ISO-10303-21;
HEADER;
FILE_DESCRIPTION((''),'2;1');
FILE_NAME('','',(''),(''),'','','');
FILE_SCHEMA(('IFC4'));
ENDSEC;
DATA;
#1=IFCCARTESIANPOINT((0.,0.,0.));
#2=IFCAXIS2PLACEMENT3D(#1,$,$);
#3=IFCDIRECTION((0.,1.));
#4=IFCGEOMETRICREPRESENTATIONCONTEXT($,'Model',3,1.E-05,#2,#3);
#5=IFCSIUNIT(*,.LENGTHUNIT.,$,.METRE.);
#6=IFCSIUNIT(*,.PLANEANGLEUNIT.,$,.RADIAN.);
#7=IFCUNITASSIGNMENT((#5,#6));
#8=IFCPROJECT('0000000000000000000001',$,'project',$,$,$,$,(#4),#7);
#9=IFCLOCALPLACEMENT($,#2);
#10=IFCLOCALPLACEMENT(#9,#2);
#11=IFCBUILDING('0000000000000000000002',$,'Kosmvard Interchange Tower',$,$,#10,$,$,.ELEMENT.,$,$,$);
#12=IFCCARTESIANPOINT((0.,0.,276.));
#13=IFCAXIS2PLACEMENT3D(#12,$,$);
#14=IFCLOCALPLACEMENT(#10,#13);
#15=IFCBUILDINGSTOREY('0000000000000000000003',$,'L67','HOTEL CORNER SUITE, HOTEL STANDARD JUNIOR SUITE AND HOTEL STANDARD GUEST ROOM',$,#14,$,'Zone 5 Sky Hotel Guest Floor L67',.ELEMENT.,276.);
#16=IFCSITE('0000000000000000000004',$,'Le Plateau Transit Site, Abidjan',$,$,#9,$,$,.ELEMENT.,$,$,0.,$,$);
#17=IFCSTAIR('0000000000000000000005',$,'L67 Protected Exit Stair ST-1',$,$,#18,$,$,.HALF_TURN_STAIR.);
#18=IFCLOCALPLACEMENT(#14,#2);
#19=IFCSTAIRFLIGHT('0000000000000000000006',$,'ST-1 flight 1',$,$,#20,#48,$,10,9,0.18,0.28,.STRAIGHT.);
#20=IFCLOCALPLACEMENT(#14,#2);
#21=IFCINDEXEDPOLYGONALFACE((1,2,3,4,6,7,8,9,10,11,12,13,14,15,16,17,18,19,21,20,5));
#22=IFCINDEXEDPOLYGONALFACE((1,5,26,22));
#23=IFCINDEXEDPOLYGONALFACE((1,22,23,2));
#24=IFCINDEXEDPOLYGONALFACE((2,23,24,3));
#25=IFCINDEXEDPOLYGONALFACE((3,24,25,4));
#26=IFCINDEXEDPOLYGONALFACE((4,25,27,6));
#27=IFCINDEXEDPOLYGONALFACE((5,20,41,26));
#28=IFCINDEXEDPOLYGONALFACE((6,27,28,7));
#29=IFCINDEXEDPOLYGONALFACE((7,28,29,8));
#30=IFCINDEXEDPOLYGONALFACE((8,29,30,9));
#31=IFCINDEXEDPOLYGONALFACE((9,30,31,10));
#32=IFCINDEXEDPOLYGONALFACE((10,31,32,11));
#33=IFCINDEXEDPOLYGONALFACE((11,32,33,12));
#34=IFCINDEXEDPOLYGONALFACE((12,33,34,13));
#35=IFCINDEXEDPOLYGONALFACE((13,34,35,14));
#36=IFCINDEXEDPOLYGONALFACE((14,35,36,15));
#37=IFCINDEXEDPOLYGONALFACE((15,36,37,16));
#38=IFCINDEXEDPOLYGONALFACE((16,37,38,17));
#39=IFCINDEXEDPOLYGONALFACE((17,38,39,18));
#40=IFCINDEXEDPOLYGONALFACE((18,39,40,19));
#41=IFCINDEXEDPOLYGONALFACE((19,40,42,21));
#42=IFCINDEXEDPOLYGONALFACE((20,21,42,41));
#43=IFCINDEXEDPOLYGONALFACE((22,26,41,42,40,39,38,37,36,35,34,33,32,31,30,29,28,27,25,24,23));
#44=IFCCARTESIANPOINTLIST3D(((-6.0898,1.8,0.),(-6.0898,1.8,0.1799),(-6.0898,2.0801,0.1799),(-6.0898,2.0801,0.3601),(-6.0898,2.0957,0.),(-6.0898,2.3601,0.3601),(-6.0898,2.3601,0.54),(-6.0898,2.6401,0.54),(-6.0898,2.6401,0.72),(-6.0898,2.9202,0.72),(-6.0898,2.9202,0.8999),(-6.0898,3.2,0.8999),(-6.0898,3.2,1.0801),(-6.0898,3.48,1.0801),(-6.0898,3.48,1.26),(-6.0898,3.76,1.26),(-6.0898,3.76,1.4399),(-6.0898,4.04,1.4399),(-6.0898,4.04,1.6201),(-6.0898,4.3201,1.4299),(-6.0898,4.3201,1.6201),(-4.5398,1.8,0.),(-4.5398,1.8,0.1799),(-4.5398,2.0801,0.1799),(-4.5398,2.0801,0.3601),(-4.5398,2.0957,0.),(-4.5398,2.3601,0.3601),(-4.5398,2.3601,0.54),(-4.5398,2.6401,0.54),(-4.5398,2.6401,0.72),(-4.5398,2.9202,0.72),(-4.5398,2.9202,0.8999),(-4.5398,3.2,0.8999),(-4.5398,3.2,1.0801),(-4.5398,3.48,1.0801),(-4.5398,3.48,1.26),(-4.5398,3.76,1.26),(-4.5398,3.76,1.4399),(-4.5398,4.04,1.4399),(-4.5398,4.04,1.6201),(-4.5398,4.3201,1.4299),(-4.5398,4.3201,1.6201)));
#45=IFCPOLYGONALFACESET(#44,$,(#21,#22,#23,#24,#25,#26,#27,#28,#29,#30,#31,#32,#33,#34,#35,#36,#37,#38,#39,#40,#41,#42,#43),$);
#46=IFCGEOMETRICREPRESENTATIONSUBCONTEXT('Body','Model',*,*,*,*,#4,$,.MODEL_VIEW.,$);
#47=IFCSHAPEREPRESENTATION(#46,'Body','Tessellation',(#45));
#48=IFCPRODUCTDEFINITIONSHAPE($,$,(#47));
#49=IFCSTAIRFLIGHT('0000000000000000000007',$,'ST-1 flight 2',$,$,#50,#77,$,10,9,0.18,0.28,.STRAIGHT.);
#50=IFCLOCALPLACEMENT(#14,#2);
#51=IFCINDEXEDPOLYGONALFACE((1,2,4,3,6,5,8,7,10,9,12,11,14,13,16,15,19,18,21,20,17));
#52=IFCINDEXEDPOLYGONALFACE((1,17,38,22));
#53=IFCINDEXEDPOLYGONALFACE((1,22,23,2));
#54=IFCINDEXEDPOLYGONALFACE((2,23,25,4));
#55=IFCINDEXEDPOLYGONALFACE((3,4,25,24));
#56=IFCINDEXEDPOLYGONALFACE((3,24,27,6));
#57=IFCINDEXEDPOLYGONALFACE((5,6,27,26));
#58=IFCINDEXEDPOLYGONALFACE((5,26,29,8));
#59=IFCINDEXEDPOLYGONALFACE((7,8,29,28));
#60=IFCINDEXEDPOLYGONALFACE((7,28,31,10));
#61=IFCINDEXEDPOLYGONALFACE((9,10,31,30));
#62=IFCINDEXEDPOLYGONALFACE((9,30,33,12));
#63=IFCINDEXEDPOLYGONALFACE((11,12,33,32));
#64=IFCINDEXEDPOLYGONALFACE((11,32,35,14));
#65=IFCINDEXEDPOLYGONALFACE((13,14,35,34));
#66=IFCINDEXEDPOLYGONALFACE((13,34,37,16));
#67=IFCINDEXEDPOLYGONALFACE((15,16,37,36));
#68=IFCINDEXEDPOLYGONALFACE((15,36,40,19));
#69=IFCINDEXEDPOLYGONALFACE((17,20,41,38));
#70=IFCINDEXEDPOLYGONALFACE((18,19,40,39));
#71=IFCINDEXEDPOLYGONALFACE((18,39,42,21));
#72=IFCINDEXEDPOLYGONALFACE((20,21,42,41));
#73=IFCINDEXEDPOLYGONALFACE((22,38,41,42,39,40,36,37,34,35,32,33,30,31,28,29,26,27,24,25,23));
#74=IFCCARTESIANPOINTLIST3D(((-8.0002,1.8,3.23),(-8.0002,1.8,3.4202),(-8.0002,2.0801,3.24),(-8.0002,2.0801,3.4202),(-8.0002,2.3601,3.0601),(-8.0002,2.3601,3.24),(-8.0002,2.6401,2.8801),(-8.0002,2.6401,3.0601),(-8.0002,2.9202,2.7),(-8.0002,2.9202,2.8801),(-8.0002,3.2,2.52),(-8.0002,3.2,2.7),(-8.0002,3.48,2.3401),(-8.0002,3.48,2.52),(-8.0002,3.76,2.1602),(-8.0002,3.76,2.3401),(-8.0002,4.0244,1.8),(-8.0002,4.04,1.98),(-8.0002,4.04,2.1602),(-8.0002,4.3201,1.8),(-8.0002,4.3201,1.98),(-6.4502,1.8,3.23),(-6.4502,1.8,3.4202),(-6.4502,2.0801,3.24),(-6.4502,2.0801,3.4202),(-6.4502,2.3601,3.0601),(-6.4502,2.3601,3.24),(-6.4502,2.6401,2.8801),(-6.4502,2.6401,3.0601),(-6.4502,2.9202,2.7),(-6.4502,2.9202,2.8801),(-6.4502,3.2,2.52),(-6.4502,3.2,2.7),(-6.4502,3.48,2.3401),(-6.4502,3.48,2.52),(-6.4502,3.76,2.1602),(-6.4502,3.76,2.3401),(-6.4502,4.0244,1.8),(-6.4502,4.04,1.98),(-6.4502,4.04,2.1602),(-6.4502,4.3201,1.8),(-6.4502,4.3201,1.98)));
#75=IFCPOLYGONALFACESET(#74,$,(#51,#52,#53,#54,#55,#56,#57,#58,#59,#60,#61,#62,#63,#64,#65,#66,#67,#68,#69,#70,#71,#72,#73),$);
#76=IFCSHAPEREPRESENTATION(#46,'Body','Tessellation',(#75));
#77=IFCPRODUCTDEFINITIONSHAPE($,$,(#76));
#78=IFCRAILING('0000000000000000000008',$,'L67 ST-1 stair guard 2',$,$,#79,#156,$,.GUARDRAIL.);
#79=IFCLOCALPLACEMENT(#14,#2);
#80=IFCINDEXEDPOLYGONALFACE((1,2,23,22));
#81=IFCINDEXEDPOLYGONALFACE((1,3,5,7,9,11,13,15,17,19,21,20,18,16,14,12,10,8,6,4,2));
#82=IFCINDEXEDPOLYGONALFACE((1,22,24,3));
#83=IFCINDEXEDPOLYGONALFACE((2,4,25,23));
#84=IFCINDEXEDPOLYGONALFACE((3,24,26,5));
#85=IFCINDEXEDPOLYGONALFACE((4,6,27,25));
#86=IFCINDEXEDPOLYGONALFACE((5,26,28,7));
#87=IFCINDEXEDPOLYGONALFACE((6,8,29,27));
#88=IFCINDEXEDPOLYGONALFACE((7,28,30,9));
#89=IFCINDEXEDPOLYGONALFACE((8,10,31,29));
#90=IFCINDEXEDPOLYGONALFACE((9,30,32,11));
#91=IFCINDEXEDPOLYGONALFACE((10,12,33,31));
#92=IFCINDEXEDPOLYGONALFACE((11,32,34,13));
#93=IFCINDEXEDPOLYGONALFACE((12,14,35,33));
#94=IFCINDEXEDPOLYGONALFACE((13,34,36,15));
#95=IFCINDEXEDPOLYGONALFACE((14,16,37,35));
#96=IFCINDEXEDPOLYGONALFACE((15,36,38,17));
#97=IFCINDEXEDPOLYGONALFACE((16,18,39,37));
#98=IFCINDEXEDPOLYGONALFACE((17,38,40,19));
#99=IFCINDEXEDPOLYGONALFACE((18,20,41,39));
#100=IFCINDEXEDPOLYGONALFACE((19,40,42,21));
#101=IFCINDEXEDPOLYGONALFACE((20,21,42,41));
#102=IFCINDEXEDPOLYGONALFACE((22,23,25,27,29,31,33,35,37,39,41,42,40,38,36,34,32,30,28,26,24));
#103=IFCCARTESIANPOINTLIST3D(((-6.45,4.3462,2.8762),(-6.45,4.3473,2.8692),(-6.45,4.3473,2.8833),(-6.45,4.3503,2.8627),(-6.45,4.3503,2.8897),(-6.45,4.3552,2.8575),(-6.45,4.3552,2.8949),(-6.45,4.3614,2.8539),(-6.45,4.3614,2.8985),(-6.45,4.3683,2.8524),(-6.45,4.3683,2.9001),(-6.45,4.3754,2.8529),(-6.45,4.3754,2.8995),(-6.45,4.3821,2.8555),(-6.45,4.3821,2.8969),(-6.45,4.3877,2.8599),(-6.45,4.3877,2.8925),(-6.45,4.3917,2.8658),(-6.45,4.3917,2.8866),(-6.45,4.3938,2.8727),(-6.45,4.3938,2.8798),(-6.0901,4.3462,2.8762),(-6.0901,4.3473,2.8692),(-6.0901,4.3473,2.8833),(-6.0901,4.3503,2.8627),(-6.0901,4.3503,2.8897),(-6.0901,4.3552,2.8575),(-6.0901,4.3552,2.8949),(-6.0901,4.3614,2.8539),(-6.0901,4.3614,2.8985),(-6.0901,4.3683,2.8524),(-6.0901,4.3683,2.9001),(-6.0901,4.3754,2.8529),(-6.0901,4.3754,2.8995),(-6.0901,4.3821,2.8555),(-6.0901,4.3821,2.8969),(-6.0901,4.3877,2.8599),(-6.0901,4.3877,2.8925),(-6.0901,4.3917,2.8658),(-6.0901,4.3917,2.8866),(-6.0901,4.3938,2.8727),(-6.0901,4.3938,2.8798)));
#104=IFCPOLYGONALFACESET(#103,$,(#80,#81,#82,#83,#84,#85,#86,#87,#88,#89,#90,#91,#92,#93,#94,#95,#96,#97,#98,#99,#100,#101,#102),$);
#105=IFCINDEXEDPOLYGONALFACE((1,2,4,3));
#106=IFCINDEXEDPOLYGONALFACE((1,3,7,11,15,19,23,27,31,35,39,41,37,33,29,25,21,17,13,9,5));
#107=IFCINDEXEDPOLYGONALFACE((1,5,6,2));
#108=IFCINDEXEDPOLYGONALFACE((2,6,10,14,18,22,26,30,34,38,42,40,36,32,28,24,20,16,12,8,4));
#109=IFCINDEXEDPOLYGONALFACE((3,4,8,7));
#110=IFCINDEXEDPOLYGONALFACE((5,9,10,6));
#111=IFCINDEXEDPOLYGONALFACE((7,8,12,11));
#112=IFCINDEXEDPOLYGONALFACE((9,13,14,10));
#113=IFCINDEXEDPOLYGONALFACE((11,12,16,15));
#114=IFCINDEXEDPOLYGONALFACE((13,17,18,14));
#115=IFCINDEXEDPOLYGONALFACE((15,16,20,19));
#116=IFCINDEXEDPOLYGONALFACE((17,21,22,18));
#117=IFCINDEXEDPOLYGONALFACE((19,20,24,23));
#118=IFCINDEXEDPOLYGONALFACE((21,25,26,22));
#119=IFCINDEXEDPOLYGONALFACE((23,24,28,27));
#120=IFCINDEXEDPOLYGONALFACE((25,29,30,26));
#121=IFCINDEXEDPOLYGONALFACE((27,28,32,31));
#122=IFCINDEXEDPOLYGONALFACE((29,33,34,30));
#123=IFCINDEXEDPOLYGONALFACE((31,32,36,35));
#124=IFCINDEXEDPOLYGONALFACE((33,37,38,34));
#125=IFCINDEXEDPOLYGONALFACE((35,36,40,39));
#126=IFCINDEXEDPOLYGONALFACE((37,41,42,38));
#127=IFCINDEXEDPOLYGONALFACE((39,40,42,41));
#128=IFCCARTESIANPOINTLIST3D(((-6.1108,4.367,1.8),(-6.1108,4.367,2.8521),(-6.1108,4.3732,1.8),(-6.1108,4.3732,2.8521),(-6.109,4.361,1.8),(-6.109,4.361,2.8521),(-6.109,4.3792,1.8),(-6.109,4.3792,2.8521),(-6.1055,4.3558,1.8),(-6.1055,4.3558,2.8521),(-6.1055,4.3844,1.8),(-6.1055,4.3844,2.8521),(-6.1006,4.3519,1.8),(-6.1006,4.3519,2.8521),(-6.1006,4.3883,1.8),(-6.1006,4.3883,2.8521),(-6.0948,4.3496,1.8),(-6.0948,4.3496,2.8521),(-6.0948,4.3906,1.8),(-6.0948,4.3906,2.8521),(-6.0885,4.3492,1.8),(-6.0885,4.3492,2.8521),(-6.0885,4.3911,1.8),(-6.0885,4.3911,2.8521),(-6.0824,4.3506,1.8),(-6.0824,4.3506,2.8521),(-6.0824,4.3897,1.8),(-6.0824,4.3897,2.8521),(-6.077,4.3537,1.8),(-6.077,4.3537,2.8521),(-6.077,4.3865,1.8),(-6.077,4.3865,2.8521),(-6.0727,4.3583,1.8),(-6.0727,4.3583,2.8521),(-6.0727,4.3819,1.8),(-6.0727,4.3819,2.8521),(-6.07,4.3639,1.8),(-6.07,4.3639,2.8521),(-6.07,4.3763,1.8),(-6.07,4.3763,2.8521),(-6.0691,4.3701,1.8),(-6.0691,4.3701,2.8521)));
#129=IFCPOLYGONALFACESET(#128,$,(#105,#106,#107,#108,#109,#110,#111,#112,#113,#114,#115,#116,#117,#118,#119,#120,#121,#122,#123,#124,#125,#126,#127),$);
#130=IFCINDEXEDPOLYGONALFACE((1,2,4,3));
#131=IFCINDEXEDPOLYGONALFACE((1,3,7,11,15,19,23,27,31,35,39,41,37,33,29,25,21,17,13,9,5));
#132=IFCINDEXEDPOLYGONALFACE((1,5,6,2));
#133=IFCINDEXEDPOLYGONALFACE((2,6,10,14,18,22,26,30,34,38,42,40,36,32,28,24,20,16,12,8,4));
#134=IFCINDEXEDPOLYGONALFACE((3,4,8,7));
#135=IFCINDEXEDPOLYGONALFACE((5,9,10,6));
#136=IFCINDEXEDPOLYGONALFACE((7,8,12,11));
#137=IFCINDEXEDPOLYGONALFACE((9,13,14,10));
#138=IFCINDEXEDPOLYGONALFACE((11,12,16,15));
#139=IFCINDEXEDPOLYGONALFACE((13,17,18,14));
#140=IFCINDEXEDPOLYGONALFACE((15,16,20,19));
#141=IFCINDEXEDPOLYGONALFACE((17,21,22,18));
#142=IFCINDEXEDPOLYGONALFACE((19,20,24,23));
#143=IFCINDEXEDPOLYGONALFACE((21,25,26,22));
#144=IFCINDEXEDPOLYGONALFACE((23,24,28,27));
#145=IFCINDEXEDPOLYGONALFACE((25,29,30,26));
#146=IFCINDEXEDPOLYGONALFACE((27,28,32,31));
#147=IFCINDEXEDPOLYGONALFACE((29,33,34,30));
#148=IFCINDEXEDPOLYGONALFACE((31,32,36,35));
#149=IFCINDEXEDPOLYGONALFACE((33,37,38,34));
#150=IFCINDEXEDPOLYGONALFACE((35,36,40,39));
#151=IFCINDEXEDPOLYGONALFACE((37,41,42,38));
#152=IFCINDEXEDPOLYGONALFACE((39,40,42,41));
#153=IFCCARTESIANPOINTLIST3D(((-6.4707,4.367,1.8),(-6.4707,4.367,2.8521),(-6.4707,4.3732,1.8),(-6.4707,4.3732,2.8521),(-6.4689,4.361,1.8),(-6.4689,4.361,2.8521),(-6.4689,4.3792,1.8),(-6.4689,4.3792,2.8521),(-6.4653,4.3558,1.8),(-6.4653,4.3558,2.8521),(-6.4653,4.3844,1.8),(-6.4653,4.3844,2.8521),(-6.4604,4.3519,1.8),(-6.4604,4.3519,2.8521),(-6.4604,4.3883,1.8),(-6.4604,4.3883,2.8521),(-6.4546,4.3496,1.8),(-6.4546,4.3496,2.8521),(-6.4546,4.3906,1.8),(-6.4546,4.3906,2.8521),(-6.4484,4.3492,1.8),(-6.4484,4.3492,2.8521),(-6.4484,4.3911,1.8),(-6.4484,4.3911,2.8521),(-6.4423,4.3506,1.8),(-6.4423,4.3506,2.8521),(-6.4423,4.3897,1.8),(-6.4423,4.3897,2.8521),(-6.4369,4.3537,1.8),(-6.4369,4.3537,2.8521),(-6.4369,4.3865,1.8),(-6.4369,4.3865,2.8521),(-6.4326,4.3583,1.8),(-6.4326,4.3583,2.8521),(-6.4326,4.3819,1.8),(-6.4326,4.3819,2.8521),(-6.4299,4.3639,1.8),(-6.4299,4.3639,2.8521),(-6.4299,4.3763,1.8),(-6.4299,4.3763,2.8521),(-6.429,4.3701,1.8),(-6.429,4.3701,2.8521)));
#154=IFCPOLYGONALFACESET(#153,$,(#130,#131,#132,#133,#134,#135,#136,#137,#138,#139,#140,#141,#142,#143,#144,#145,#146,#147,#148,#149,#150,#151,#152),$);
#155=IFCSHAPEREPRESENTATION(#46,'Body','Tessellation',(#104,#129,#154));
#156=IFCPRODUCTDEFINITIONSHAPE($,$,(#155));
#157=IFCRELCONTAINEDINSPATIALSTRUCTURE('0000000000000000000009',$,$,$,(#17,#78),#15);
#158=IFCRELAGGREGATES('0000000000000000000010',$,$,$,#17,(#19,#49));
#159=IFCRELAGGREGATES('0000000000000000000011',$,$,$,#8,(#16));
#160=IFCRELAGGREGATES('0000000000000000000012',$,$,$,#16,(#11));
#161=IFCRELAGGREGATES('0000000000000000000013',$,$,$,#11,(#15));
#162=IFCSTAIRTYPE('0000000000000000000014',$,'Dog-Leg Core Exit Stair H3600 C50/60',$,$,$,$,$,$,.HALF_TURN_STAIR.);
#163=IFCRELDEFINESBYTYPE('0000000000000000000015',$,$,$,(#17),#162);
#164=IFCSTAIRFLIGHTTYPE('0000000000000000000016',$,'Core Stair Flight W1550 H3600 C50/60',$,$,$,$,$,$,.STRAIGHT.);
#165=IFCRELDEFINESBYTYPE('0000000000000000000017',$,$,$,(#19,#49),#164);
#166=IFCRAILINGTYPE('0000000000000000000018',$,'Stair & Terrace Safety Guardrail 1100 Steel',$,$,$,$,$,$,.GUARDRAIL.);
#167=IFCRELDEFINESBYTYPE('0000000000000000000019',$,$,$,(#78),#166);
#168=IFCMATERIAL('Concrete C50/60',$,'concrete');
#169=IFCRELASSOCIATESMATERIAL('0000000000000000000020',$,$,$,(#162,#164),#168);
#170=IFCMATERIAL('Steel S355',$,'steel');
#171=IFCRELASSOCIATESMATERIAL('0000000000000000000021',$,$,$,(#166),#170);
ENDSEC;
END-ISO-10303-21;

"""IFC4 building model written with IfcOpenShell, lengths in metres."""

from ifc_helpers import new_model, si_unit, direction, frame, origin, origin_2d, place, context, subcontext, project, spatial, polyline, circle, outline, extrude, source, transform, mapped, material, type_object, element, aggregate, save


model = new_model("IFC4")

# Units and contexts
model_context = context("Model", 3, precision=1e-05, world=origin(), true_north=direction((0.0, 1.0)))
body_context = subcontext(model_context, "Body", "Model", "MODEL_VIEW")
ifc_project = project(units=[si_unit("LENGTHUNIT", "METRE"), si_unit("PLANEANGLEUNIT", "RADIAN")], contexts=[model_context])

# Site, building, storey
site_placement = place(None, origin())
site = spatial("IfcSite", under=ifc_project, at=site_placement, Name="Le Plateau Transit Site, Abidjan", CompositionType="ELEMENT", RefElevation=0.0)
building_placement = place(site_placement, origin())
building = spatial("IfcBuilding", under=site, at=building_placement, Name="Kosmvard Interchange Tower", CompositionType="ELEMENT")
storey_placement = place(building_placement, frame((0.0, 0.0, 276.0)))
storey = spatial("IfcBuildingStorey", under=building, at=storey_placement, Name="L67", Description="HOTEL CORNER SUITE, HOTEL STANDARD JUNIOR SUITE AND HOTEL STANDARD GUEST ROOM", LongName="Zone 5 Sky Hotel Guest Floor L67", CompositionType="ELEMENT", Elevation=276.0)

# Shared definitions
ifc_material_1 = material(Name="Concrete C50/60", Category="concrete")

# Stair, stair flights
stair_type = type_object("IfcStairType", Name="Dog-Leg Core Exit Stair H3600 C50/60", PredefinedType="HALF_TURN_STAIR", material=ifc_material_1)
stair_placement = place(storey_placement, origin())
stair = element("IfcStair", 1, at=stair_placement, inside=storey, type_object=stair_type, Name="L67 Protected Exit Stair ST-1", PredefinedType="HALF_TURN_STAIR")
stair_flight_type = type_object("IfcStairFlightType", Name="Core Stair Flight W1550 H3600 C50/60", PredefinedType="STRAIGHT", material=ifc_material_1)
shared_shape_1 = source(origin(), body_context, "Body", "SweptSolid", [
    extrude(outline(polyline([(0.0, 0.0), (0.0, 0.1799), (0.28, 0.1799), (0.28, 0.3601), (0.5601, 0.3601), (0.5601, 0.54), (0.8401, 0.54), (0.8401, 0.72), (1.1201, 0.72), (1.1201, 0.8999), (1.3999, 0.8999), (1.3999, 1.0801), (1.6799, 1.0801), (1.6799, 1.26), (1.96, 1.26), (1.96, 1.4399), (2.24, 1.4399), (2.24, 1.6201), (2.52, 1.6201), (2.52, 1.8), (2.52, 1.4299), (0.2957, 0.0), (0.0, 0.0)])), frame((0.0, 0.7749, 0.0), z_axis=(0.0, -1.0, 0.0), x_axis=(1.0, 0.0, 0.0)), (0.0, 0.0, 1.0), 1.55),
])
stair_flight_1_placement = place(storey_placement, frame((-5.3149, 1.8, 0.0), z_axis=(0.0, 0.0, 1.0), x_axis=(0.0, 1.0, 0.0)))
stair_flight_1 = element("IfcStairFlight", 2, at=stair_flight_1_placement, type_object=stair_flight_type, Name="ST-1 flight 1", NumberOfRisers=10, NumberOfTreads=9, PredefinedType="STRAIGHT", RiserHeight=0.18, TreadLength=0.28, context=body_context, shape_type="MappedRepresentation", body=[
    mapped(shared_shape_1, transform((0.0, 0.0, 0.0), scale=1.0)),
])
stair_flight_2_placement = place(storey_placement, frame((-7.2251, 4.3201, 1.8), z_axis=(0.0, 0.0, 1.0), x_axis=(0.0, -1.0, 0.0)))
stair_flight_2 = element("IfcStairFlight", 3, at=stair_flight_2_placement, type_object=stair_flight_type, Name="ST-1 flight 2", NumberOfRisers=10, NumberOfTreads=9, PredefinedType="STRAIGHT", RiserHeight=0.18, TreadLength=0.28, context=body_context, shape_type="MappedRepresentation", body=[
    mapped(shared_shape_1, transform((0.0, 0.0, 0.0), scale=1.0)),
])
aggregate(stair, [stair_flight_1, stair_flight_2])

# Railing
ifc_material_2 = material(Name="Steel S355", Category="steel")
railing_type_1 = type_object("IfcRailingType", Name="Stair & Terrace Safety Guardrail 1100 Steel", PredefinedType="GUARDRAIL", material=ifc_material_2)
shared_shape_2 = source(origin(), body_context, "Body", "SweptSolid", [
    extrude(circle(Radius=0.0239, at=origin_2d()), frame((0.0, 0.0, 1.0762), z_axis=(-1.0, 0.0, 0.0), x_axis=(0.0, -1.0, 0.0)), (0.0, 0.0, 1.0), 0.3599),
    extrude(circle(Radius=0.021, at=origin_2d()), origin(), (0.0, 0.0, 1.0), 1.052),
    extrude(circle(Radius=0.021, at=origin_2d()), frame((-0.3599, 0.0, 0.0)), (0.0, 0.0, 1.0), 1.052),
])
railing_1_placement = place(storey_placement, frame((-6.0901, 4.3701, 1.8)))
element("IfcRailing", 4, at=railing_1_placement, inside=storey, type_object=railing_type_1, Name="L67 ST-1 stair guard 2", PredefinedType="GUARDRAIL", context=body_context, shape_type="MappedRepresentation", body=[
    mapped(shared_shape_2, transform((0.0, 0.0, 0.0), scale=1.0)),
])

save(model, "model.ifc")
